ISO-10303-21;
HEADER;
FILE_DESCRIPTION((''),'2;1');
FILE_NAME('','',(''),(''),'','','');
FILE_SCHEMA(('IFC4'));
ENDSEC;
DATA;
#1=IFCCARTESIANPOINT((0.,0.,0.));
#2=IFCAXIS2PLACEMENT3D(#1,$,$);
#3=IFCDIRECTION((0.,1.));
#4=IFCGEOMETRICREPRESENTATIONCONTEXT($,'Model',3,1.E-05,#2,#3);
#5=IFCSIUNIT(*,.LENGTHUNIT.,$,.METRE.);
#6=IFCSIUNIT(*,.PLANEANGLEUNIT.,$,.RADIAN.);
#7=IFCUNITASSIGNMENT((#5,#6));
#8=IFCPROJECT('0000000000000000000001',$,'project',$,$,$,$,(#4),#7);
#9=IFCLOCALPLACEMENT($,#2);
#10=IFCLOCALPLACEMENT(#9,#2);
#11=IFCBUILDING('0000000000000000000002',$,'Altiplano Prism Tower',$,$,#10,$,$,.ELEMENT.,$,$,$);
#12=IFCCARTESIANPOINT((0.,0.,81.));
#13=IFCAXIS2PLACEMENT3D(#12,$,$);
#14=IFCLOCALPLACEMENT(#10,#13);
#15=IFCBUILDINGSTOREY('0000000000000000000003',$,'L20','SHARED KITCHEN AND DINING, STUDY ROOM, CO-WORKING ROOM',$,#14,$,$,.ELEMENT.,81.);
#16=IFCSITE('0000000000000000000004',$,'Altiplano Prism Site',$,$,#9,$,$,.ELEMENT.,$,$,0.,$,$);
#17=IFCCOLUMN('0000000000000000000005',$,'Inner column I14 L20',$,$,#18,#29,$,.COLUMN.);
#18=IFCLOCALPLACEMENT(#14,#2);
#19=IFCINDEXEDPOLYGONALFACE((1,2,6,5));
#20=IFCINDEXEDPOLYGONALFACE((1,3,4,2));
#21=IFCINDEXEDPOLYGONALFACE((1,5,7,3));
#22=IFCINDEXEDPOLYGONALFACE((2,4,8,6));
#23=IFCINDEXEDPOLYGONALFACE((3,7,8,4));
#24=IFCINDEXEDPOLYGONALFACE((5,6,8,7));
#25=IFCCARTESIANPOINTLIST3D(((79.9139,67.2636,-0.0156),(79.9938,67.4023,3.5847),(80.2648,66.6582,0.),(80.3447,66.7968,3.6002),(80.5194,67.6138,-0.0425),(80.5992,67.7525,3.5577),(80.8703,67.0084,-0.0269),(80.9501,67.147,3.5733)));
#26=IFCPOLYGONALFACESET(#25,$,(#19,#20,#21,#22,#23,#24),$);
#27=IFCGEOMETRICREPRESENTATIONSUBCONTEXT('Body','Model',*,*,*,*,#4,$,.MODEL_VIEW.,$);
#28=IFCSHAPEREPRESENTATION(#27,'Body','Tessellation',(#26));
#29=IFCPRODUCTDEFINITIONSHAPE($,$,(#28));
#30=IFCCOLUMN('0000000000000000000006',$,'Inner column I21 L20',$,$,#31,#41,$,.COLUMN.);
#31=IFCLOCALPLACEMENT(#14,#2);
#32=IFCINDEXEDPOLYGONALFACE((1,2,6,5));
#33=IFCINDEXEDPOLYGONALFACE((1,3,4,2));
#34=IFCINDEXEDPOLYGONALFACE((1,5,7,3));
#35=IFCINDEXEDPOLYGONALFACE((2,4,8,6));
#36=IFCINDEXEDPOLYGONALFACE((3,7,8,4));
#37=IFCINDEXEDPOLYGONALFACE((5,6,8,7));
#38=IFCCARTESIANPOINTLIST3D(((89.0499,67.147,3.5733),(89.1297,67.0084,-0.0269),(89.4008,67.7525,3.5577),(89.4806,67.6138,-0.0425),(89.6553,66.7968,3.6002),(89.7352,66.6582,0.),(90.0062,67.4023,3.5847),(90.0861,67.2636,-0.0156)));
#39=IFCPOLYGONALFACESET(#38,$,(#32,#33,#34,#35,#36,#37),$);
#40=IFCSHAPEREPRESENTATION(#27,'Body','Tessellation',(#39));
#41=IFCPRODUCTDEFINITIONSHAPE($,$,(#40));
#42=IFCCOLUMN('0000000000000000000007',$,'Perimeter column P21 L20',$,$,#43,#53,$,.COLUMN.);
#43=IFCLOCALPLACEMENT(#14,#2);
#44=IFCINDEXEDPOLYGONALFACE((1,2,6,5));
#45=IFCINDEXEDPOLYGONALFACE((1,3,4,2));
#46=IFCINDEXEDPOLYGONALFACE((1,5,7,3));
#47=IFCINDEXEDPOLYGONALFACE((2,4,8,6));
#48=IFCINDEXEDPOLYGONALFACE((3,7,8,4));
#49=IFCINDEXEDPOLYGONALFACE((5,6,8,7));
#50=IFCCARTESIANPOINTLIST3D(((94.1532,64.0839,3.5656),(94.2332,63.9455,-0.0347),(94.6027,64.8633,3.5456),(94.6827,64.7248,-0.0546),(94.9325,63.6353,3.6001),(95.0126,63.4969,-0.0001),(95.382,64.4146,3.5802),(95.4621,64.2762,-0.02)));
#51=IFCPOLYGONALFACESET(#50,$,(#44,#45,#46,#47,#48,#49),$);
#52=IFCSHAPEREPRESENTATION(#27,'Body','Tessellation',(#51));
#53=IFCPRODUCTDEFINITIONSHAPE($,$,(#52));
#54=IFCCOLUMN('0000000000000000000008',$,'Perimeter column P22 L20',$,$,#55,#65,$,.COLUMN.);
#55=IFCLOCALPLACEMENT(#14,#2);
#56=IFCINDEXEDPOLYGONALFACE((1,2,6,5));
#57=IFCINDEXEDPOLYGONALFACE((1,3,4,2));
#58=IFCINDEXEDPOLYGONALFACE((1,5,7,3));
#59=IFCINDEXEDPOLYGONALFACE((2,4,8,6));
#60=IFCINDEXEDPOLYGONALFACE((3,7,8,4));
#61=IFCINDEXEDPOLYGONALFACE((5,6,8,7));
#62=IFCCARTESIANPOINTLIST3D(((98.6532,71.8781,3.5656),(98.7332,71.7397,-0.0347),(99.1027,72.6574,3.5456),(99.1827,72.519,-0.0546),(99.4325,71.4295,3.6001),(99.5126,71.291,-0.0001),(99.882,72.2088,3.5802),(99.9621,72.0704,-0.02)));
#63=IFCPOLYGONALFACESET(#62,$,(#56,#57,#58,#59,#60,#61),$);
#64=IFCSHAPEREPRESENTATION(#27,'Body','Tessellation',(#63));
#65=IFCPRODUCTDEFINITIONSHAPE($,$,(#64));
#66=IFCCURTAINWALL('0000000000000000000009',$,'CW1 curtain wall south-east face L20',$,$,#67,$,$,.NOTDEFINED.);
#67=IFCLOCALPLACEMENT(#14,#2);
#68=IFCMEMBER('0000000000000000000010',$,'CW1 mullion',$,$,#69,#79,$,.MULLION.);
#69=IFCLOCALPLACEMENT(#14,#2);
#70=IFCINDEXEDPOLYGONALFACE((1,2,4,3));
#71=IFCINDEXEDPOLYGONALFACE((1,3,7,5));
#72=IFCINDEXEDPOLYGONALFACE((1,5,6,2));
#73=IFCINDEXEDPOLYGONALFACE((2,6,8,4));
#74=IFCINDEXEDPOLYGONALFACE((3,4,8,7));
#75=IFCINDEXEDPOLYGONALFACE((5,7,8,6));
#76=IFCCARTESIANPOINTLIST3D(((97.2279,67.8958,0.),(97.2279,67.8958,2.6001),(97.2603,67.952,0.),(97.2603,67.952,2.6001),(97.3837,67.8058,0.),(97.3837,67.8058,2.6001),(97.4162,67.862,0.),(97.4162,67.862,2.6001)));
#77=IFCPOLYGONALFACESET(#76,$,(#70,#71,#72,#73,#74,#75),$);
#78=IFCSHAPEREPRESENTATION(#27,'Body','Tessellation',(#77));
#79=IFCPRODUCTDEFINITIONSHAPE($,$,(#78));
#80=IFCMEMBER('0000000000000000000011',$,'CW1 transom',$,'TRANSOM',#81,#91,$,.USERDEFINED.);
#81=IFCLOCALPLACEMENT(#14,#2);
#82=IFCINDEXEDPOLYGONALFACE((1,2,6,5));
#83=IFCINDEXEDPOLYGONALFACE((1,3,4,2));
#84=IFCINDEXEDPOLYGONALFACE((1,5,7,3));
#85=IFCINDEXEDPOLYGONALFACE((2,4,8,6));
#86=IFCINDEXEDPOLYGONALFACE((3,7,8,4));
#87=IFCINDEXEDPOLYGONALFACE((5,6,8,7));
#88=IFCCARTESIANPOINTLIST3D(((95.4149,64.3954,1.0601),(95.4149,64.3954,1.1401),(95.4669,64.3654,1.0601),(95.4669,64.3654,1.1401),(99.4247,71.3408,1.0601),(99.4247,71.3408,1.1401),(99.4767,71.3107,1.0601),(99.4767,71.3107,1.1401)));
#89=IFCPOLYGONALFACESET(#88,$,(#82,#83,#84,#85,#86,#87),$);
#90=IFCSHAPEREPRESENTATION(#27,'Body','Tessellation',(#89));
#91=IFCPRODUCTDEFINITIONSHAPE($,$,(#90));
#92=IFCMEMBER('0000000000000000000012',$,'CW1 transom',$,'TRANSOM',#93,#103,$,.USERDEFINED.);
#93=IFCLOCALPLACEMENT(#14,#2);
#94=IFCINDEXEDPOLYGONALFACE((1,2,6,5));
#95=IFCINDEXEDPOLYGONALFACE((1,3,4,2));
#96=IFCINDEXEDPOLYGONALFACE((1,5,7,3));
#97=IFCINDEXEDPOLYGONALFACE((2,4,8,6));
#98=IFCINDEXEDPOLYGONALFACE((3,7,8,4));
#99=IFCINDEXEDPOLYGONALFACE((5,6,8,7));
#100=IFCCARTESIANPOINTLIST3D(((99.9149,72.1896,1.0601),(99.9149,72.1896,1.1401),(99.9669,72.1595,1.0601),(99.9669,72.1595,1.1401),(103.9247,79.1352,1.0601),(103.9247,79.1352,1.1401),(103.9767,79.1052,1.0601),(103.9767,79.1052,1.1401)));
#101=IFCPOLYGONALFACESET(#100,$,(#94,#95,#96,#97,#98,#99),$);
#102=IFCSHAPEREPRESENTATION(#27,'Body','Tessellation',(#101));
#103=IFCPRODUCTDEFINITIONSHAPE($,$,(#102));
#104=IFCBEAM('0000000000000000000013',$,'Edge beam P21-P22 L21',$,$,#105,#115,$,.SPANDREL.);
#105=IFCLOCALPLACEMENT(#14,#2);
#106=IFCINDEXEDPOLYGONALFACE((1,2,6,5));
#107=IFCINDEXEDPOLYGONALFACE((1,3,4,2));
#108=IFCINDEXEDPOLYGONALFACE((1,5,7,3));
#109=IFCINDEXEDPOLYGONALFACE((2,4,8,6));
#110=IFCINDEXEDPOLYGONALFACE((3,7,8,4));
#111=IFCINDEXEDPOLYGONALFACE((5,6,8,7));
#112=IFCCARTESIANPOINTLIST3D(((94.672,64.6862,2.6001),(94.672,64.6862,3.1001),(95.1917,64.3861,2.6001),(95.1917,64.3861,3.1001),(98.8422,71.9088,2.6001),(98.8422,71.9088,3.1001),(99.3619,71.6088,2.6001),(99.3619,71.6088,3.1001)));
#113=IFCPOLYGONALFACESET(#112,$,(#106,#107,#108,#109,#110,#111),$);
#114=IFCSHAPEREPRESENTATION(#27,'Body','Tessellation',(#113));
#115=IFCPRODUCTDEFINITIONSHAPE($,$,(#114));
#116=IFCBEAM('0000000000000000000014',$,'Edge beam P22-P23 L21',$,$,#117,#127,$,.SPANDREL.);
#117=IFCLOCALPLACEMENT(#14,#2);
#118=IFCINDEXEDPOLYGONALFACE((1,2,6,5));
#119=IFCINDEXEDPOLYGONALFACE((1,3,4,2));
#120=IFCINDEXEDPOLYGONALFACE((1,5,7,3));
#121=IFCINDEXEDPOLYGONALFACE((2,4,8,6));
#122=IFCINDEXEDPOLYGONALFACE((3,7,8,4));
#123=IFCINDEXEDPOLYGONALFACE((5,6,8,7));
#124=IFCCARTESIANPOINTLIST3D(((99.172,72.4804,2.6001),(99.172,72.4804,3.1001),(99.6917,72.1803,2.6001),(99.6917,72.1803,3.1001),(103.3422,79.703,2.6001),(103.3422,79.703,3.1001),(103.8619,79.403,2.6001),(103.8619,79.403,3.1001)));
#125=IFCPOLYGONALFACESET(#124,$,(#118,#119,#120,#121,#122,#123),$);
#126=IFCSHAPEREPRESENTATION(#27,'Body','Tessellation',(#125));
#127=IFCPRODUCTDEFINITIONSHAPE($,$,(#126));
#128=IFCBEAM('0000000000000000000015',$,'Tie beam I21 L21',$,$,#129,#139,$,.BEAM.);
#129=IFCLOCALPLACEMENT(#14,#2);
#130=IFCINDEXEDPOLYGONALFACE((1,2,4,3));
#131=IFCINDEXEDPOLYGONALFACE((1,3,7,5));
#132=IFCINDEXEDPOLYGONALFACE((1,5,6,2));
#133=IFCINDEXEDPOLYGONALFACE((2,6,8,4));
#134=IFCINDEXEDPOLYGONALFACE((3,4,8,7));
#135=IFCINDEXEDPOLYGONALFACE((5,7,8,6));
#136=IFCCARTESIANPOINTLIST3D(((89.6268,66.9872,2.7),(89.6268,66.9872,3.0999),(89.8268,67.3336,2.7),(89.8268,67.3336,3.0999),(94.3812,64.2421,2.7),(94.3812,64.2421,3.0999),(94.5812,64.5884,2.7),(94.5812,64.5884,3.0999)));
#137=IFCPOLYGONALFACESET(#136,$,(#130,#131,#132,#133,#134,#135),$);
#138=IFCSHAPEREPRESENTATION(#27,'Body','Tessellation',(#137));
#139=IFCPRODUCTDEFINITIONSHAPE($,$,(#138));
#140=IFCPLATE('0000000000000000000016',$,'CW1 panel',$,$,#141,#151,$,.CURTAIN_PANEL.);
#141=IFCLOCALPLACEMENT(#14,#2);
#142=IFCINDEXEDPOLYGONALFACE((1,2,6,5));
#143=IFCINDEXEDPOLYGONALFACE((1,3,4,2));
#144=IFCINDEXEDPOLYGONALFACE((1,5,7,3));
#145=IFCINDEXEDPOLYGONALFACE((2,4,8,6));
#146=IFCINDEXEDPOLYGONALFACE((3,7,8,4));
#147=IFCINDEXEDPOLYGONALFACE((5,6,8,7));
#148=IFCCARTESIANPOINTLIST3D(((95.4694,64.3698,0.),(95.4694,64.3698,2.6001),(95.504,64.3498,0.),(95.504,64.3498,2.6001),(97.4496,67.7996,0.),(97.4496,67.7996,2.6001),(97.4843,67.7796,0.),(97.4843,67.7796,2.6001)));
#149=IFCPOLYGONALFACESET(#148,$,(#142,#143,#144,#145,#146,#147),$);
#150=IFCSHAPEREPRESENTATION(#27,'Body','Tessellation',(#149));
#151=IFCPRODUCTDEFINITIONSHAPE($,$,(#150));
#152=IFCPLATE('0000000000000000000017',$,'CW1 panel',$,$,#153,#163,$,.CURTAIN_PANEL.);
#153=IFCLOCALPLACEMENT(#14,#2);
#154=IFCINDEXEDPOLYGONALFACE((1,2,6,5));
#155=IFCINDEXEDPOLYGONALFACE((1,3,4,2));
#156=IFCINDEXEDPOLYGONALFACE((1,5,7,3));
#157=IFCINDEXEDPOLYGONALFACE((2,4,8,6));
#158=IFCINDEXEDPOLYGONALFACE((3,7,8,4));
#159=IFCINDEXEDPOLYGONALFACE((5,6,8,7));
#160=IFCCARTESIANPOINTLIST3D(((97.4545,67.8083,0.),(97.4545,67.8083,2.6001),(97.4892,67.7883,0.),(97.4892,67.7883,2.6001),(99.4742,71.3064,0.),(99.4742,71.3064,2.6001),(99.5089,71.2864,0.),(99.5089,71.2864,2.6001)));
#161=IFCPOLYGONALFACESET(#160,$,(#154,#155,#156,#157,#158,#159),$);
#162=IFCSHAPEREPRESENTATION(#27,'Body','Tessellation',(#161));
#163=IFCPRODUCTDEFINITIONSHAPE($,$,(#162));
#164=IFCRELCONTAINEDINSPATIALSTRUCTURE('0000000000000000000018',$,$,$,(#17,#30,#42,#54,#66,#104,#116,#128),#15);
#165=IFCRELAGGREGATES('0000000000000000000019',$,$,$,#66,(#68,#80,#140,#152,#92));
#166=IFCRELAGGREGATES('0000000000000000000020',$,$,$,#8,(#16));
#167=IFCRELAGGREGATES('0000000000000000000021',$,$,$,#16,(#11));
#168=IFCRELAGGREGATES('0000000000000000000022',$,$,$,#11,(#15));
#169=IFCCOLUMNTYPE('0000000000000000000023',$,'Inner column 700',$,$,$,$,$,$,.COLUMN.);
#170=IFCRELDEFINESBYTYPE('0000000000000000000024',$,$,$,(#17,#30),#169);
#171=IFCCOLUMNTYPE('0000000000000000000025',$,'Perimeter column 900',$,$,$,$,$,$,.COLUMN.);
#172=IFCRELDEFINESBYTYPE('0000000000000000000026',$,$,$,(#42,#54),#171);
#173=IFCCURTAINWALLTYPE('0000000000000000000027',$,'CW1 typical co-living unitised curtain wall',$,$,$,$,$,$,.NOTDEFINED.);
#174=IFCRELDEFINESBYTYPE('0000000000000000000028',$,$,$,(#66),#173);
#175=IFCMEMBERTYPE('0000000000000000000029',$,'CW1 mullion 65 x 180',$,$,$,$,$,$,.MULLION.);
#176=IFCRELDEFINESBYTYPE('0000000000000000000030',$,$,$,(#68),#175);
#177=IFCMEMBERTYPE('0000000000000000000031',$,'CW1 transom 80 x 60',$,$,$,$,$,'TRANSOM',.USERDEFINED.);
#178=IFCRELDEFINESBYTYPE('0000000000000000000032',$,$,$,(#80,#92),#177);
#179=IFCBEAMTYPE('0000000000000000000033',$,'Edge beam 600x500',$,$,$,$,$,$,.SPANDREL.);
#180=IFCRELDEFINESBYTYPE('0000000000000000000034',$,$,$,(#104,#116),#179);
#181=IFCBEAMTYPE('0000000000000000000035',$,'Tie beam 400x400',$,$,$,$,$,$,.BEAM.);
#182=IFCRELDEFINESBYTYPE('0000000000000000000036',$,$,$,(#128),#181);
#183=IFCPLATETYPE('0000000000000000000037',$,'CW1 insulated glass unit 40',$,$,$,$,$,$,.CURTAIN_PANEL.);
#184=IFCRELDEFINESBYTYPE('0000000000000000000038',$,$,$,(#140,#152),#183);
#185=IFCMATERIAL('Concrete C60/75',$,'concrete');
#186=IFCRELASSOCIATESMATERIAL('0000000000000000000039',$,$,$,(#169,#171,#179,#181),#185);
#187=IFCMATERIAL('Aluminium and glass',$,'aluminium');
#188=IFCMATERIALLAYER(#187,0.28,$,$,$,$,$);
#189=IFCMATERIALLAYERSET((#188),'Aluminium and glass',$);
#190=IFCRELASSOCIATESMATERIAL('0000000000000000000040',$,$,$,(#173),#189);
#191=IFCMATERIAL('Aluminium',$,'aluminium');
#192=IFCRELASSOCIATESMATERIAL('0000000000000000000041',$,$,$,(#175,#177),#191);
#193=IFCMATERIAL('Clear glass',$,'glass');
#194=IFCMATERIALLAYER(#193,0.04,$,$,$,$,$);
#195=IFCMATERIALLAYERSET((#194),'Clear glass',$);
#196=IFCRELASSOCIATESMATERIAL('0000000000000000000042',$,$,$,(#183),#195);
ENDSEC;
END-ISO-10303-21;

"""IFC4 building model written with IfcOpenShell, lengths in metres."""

from ifc_helpers import new_model, si_unit, direction, frame, origin, origin_2d, place, context, subcontext, project, spatial, rectangle, extrude, material, layer, layer_set, material_profile, profile_set, type_object, element, aggregate, save


model = new_model("IFC4")

# Units and contexts
model_context = context("Model", 3, precision=1e-05, world=origin(), true_north=direction((0.0, 1.0)))
body_context = subcontext(model_context, "Body", "Model", "MODEL_VIEW")
ifc_project = project(units=[si_unit("LENGTHUNIT", "METRE"), si_unit("PLANEANGLEUNIT", "RADIAN")], contexts=[model_context])

# Site, building, storey
site_placement = place(None, origin())
site = spatial("IfcSite", under=ifc_project, at=site_placement, Name="Altiplano Prism Site", CompositionType="ELEMENT", RefElevation=0.0)
building_placement = place(site_placement, origin())
building = spatial("IfcBuilding", under=site, at=building_placement, Name="Altiplano Prism Tower", CompositionType="ELEMENT")
storey_placement = place(building_placement, frame((0.0, 0.0, 81.0)))
storey = spatial("IfcBuildingStorey", under=building, at=storey_placement, Name="L20", Description="SHARED KITCHEN AND DINING, STUDY ROOM, CO-WORKING ROOM", CompositionType="ELEMENT", Elevation=81.0)

# Columns
ifc_material_1 = material(Name="Concrete C60/75", Category="concrete")
ifc_material_profile_1 = material_profile(ifc_material_1, rectangle(XDim=0.7, YDim=0.7, at=origin_2d()), Name="Inner column 700")
ifc_profile_set_1 = profile_set([ifc_material_profile_1], Name="Concrete C60/75")
column_type_1 = type_object("IfcColumnType", Name="Inner column 700", PredefinedType="COLUMN", material=ifc_profile_set_1)
for number, where, z_axis, x_axis, name in (
    (1, (80.3921, 67.136, -0.0212), (0.022154, 0.038481, 0.999014), (-0.864982, -0.500327, 0.038453), "Inner column I14 L20"),
    (2, (89.6079, 67.136, -0.0212), (-0.022154, 0.038481, 0.999014), (-0.501313, -0.864981, 0.022201), "Inner column I21 L20"),
):
    element("IfcColumn", number, at=place(storey_placement, frame(where, z_axis=z_axis, x_axis=x_axis)), inside=storey, type_object=column_type_1, Name=name, PredefinedType="COLUMN", context=body_context, shape_type="SweptSolid", body=[
        extrude(rectangle(XDim=0.7, YDim=0.7, at=origin_2d()), origin(), (0.0, 0.0, 1.0), 3.6038),
    ])
ifc_material_profile_2 = material_profile(ifc_material_1, rectangle(XDim=0.8999, YDim=0.8999, at=origin_2d()), Name="Perimeter column 900")
ifc_profile_set_2 = profile_set([ifc_material_profile_2], Name="Concrete C60/75")
column_type_2 = type_object("IfcColumnType", Name="Perimeter column 900", PredefinedType="COLUMN", material=ifc_profile_set_2)
for number, where, z_axis, x_axis, name in (
    (3, (94.8477, 64.1108, -0.0273), (-0.022221, 0.038413, 0.999015), (-0.499508, -0.866025, 0.022189), "Perimeter column P21 L20"),
    (4, (99.3477, 71.905, -0.0273), (-0.022221, 0.038413, 0.999015), (-0.499508, -0.866025, 0.022189), "Perimeter column P22 L20"),
):
    element("IfcColumn", number, at=place(storey_placement, frame(where, z_axis=z_axis, x_axis=x_axis)), inside=storey, type_object=column_type_2, Name=name, PredefinedType="COLUMN", context=body_context, shape_type="SweptSolid", body=[
        extrude(rectangle(XDim=0.8999, YDim=0.8999, at=origin_2d()), origin(), (0.0, 0.0, 1.0), 3.6038),
    ])

# Curtain wall, members
ifc_material_2 = material(Name="Aluminium and glass", Category="aluminium")
ifc_layer_1 = layer(ifc_material_2, 0.28)
ifc_layer_set_1 = layer_set([ifc_layer_1], Name="Aluminium and glass")
curtain_wall_type = type_object("IfcCurtainWallType", Name="CW1 typical co-living unitised curtain wall", PredefinedType="NOTDEFINED", material=ifc_layer_set_1)
curtain_wall_placement = place(storey_placement, origin())
curtain_wall = element("IfcCurtainWall", 5, at=curtain_wall_placement, inside=storey, type_object=curtain_wall_type, Name="CW1 curtain wall south-east face L20", PredefinedType="NOTDEFINED")
ifc_material_3 = material(Name="Aluminium", Category="aluminium")
ifc_material_profile_3 = material_profile(ifc_material_3, rectangle(XDim=0.1799, YDim=0.0649, at=origin_2d()), Name="CW1 mullion 65 x 180")
ifc_profile_set_3 = profile_set([ifc_material_profile_3], Name="Aluminium")
member_type_1 = type_object("IfcMemberType", Name="CW1 mullion 65 x 180", PredefinedType="MULLION", material=ifc_profile_set_3)
member_1_placement = place(storey_placement, frame((97.322, 67.8789, 0.0), z_axis=(0.0, 0.0, 1.0), x_axis=(-0.866025, 0.5, 0.0)))
member_1 = element("IfcMember", 6, at=member_1_placement, type_object=member_type_1, Name="CW1 mullion", PredefinedType="MULLION", context=body_context, shape_type="SweptSolid", body=[
    extrude(rectangle(XDim=0.1799, YDim=0.0649, at=origin_2d()), origin(), (0.0, 0.0, 1.0), 2.6001),
])
ifc_material_profile_4 = material_profile(ifc_material_3, rectangle(XDim=0.0601, YDim=0.0801, at=origin_2d()), Name="CW1 transom 80 x 60")
ifc_profile_set_4 = profile_set([ifc_material_profile_4], Name="Aluminium")
member_type_2 = type_object("IfcMemberType", Name="CW1 transom 80 x 60", ElementType="TRANSOM", PredefinedType="USERDEFINED", material=ifc_profile_set_4)
member_2_placement = place(storey_placement, frame((95.4409, 64.3804, 1.1001), z_axis=(0.499989, 0.866031, 0.0), x_axis=(-0.866031, 0.499989, 0.0)))
member_2 = element("IfcMember", 7, at=member_2_placement, type_object=member_type_2, Name="CW1 transom", ObjectType="TRANSOM", PredefinedType="USERDEFINED", context=body_context, shape_type="SweptSolid", body=[
    extrude(rectangle(XDim=0.0601, YDim=0.0801, at=origin_2d()), origin(), (0.0, 0.0, 1.0), 8.0198),
])
member_3_placement = place(storey_placement, frame((99.9409, 72.1746, 1.1001), z_axis=(0.499976, 0.866039, 0.0), x_axis=(-0.866039, 0.499976, 0.0)))
member_3 = element("IfcMember", 8, at=member_3_placement, type_object=member_type_2, Name="CW1 transom", ObjectType="TRANSOM", PredefinedType="USERDEFINED", context=body_context, shape_type="SweptSolid", body=[
    extrude(rectangle(XDim=0.0601, YDim=0.0801, at=origin_2d()), origin(), (0.0, 0.0, 1.0), 8.02),
])

# Beams
ifc_material_profile_5 = material_profile(ifc_material_1, rectangle(XDim=0.6001, YDim=0.5, at=origin_2d()), Name="Edge beam 600x500")
ifc_profile_set_5 = profile_set([ifc_material_profile_5], Name="Concrete C60/75")
beam_type_1 = type_object("IfcBeamType", Name="Edge beam 600x500", PredefinedType="SPANDREL", material=ifc_profile_set_5)
for number, where, z_axis, x_axis, name in (
    (9, (94.9319, 64.5361, 2.8501), (0.500015, 0.866017, 0.0), (-0.866017, 0.500015, 0.0), "Edge beam P21-P22 L21"),
    (10, (99.4319, 72.3303, 2.8501), (0.500015, 0.866017, 0.0), (-0.866017, 0.500015, 0.0), "Edge beam P22-P23 L21"),
):
    element("IfcBeam", number, at=place(storey_placement, frame(where, z_axis=z_axis, x_axis=x_axis)), inside=storey, type_object=beam_type_1, Name=name, PredefinedType="SPANDREL", context=body_context, shape_type="SweptSolid", body=[
        extrude(rectangle(XDim=0.6001, YDim=0.5, at=origin_2d()), origin(), (0.0, 0.0, 1.0), 8.3401),
    ])
ifc_material_profile_6 = material_profile(ifc_material_1, rectangle(XDim=0.3999, YDim=0.3999, at=origin_2d()), Name="Tie beam 400x400")
ifc_profile_set_6 = profile_set([ifc_material_profile_6], Name="Concrete C60/75")
beam_type_2 = type_object("IfcBeamType", Name="Tie beam 400x400", PredefinedType="BEAM", material=ifc_profile_set_6)
beam_placement = place(storey_placement, frame((89.7268, 67.1604, 2.8999), z_axis=(0.866012, -0.500023, 0.0), x_axis=(0.500023, 0.866012, 0.0)))
element("IfcBeam", 11, at=beam_placement, inside=storey, type_object=beam_type_2, Name="Tie beam I21 L21", PredefinedType="BEAM", context=body_context, shape_type="SweptSolid", body=[
    extrude(rectangle(XDim=0.3999, YDim=0.3999, at=origin_2d()), origin(), (0.0, 0.0, 1.0), 5.49),
])

# Plates
ifc_material_4 = material(Name="Clear glass", Category="glass")
ifc_layer_2 = layer(ifc_material_4, 0.04)
ifc_layer_set_2 = layer_set([ifc_layer_2], Name="Clear glass")
plate_type = type_object("IfcPlateType", Name="CW1 insulated glass unit 40", PredefinedType="CURTAIN_PANEL", material=ifc_layer_set_2)
plate_1_placement = place(storey_placement, frame((96.4768, 66.0747, 0.0), z_axis=(0.0, 0.0, 1.0), x_axis=(0.5, 0.866025, 0.0)))
plate_1 = element("IfcPlate", 12, at=plate_1_placement, type_object=plate_type, Name="CW1 panel", PredefinedType="CURTAIN_PANEL", context=body_context, shape_type="SweptSolid", body=[
    extrude(rectangle(XDim=3.9604, YDim=0.04, at=origin_2d()), origin(), (0.0, 0.0, 1.0), 2.6001),
])
plate_2_placement = place(storey_placement, frame((98.4817, 69.5474, 0.0), z_axis=(0.0, 0.0, 1.0), x_axis=(0.5, 0.866025, 0.0)))
plate_2 = element("IfcPlate", 13, at=plate_2_placement, type_object=plate_type, Name="CW1 panel", PredefinedType="CURTAIN_PANEL", context=body_context, shape_type="SweptSolid", body=[
    extrude(rectangle(XDim=4.0393, YDim=0.04, at=origin_2d()), origin(), (0.0, 0.0, 1.0), 2.6001),
])
aggregate(curtain_wall, [member_1, member_2, plate_1, plate_2, member_3])

save(model, "model.ifc")
